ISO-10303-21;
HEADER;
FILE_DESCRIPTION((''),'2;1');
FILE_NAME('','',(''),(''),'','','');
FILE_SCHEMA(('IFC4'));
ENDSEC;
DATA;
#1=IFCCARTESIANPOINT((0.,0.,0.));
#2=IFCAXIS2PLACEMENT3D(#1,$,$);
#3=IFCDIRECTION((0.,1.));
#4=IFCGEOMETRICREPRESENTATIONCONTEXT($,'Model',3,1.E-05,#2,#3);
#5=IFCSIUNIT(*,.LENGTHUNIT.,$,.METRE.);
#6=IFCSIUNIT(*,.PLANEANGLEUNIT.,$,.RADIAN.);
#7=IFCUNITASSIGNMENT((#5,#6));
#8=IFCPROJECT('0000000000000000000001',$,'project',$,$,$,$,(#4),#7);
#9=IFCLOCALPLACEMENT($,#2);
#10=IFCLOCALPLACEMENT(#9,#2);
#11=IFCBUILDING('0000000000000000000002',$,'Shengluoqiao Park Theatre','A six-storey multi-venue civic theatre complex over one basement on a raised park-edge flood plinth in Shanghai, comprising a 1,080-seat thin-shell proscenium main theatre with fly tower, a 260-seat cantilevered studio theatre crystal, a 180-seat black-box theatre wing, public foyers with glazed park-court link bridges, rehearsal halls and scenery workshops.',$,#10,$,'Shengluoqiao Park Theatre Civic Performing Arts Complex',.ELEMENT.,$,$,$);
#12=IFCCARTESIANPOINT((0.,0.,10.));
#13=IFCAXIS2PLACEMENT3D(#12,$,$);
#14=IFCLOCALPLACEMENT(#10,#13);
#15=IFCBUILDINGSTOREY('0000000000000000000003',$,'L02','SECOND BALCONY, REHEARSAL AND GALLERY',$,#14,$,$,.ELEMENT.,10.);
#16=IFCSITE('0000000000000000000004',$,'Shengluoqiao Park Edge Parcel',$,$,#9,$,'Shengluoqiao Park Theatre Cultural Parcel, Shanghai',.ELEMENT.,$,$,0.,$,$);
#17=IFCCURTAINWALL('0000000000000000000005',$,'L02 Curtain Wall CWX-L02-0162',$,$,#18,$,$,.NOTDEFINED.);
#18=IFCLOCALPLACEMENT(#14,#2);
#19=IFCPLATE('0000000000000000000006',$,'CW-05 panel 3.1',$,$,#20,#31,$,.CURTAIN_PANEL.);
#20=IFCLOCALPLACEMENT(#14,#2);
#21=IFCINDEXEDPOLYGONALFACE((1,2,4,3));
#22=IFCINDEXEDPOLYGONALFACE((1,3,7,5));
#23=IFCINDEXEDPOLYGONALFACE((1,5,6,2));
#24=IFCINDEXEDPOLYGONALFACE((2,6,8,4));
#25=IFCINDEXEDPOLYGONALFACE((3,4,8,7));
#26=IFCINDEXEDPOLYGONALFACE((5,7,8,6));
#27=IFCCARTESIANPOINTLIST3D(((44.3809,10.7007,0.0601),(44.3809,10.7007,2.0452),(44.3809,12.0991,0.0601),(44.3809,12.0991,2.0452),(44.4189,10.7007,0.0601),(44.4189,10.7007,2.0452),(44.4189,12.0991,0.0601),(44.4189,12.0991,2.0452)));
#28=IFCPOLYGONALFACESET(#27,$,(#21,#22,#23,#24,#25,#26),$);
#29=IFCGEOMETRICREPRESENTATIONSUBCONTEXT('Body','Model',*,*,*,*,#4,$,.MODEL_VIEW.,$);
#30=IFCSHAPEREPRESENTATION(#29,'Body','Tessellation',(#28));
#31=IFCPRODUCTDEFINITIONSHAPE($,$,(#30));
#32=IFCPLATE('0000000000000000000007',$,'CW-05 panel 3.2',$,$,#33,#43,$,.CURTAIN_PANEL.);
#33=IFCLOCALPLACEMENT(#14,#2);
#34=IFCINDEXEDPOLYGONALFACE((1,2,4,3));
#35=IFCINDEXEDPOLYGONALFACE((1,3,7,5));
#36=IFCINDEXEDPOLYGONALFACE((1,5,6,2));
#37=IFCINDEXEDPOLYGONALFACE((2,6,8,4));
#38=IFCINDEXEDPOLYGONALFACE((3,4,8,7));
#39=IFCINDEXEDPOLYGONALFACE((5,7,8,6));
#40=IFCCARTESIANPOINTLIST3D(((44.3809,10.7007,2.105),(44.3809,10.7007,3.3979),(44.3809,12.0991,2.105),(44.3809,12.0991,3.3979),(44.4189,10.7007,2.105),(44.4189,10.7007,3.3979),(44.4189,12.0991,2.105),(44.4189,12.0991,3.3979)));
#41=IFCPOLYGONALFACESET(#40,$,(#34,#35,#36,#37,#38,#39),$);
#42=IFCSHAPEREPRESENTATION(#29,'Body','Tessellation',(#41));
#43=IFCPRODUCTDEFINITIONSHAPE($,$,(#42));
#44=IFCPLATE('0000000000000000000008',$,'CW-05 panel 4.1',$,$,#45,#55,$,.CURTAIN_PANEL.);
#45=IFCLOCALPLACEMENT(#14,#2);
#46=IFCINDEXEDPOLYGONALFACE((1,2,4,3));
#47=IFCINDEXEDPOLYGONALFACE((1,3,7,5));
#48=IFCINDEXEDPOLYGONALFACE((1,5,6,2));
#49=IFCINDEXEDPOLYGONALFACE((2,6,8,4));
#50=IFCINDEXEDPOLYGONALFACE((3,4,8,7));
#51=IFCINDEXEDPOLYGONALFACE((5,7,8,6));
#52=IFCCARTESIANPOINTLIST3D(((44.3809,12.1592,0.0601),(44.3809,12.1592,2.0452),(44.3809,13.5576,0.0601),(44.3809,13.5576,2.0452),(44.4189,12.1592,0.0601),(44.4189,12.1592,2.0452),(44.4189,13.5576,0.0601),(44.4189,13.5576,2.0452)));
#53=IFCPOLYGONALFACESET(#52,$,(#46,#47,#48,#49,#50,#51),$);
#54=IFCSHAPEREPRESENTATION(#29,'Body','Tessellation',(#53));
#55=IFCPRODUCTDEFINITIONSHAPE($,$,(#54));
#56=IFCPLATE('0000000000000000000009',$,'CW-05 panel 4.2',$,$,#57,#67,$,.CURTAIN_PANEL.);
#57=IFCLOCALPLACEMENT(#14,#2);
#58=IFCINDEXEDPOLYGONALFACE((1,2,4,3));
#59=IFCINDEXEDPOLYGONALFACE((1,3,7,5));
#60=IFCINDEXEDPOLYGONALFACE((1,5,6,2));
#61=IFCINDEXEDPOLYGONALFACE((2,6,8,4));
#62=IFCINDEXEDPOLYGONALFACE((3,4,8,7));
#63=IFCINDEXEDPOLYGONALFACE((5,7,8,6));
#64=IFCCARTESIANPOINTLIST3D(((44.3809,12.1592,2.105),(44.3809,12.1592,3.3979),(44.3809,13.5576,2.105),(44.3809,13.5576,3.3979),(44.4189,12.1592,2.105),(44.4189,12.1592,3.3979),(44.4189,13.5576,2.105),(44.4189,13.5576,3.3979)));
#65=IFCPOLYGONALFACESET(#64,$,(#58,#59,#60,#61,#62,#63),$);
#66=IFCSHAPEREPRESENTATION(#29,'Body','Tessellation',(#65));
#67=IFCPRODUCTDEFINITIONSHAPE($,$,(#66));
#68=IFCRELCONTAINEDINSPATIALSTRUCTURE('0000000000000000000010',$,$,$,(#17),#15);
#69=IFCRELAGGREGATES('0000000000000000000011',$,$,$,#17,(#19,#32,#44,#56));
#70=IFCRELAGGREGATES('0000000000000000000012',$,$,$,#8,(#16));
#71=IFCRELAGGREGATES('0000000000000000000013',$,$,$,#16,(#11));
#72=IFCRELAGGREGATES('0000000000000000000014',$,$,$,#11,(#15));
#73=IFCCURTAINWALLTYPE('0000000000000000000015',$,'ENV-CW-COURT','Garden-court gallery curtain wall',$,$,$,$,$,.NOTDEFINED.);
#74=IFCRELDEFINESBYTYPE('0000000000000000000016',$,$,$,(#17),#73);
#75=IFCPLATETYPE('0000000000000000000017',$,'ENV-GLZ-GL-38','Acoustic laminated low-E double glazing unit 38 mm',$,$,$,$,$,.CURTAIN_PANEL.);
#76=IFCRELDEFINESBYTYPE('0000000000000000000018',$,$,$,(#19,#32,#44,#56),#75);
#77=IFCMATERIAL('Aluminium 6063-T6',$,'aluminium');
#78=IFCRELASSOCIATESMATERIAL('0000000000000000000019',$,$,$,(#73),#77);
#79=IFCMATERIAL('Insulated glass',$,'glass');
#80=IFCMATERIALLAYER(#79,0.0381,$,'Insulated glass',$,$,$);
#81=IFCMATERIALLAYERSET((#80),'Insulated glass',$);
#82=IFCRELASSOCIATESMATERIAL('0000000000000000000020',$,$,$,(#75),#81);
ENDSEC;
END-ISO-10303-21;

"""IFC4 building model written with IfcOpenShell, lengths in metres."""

from ifc_helpers import new_model, si_unit, direction, frame, origin, origin_2d, place, context, subcontext, project, spatial, rectangle, extrude, material, layer, layer_set, type_object, element, aggregate, save


model = new_model("IFC4")

# Units and contexts
model_context = context("Model", 3, precision=1e-05, world=origin(), true_north=direction((0.0, 1.0)))
body_context = subcontext(model_context, "Body", "Model", "MODEL_VIEW")
ifc_project = project(units=[si_unit("LENGTHUNIT", "METRE"), si_unit("PLANEANGLEUNIT", "RADIAN")], contexts=[model_context])

# Site, building, storey
site_placement = place(None, origin())
site = spatial("IfcSite", under=ifc_project, at=site_placement, Name="Shengluoqiao Park Edge Parcel", LongName="Shengluoqiao Park Theatre Cultural Parcel, Shanghai", CompositionType="ELEMENT", RefElevation=0.0)
building_placement = place(site_placement, origin())
building = spatial("IfcBuilding", under=site, at=building_placement, Name="Shengluoqiao Park Theatre", Description="A six-storey multi-venue civic theatre complex over one basement on a raised park-edge flood plinth in Shanghai, comprising a 1,080-seat thin-shell proscenium main theatre with fly tower, a 260-seat cantilevered studio theatre crystal, a 180-seat black-box theatre wing, public foyers with glazed park-court link bridges, rehearsal halls and scenery workshops.", LongName="Shengluoqiao Park Theatre Civic Performing Arts Complex", CompositionType="ELEMENT")
storey_placement = place(building_placement, frame((0.0, 0.0, 10.0)))
storey = spatial("IfcBuildingStorey", under=building, at=storey_placement, Name="L02", Description="SECOND BALCONY, REHEARSAL AND GALLERY", CompositionType="ELEMENT", Elevation=10.0)

# Curtain wall, plates
ifc_material_1 = material(Name="Aluminium 6063-T6", Category="aluminium")
curtain_wall_type = type_object("IfcCurtainWallType", Name="ENV-CW-COURT", Description="Garden-court gallery curtain wall", PredefinedType="NOTDEFINED", material=ifc_material_1)
curtain_wall_placement = place(storey_placement, origin())
curtain_wall = element("IfcCurtainWall", 1, at=curtain_wall_placement, inside=storey, type_object=curtain_wall_type, Name="L02 Curtain Wall CWX-L02-0162", PredefinedType="NOTDEFINED")
ifc_material_2 = material(Name="Insulated glass", Category="glass")
ifc_layer = layer(ifc_material_2, 0.0381, Name="Insulated glass")
ifc_layer_set = layer_set([ifc_layer], Name="Insulated glass")
plate_type = type_object("IfcPlateType", Name="ENV-GLZ-GL-38", Description="Acoustic laminated low-E double glazing unit 38 mm", PredefinedType="CURTAIN_PANEL", material=ifc_layer_set)
plate_1_placement = place(storey_placement, frame((44.3999, 11.3999, 0.0601), z_axis=(0.0, 0.0, 1.0), x_axis=(0.0, 1.0, 0.0)))
plate_1 = element("IfcPlate", 2, at=plate_1_placement, type_object=plate_type, Name="CW-05 panel 3.1", PredefinedType="CURTAIN_PANEL", context=body_context, shape_type="SweptSolid", body=[
    extrude(rectangle(XDim=1.3984, YDim=0.0381, at=origin_2d()), origin(), (0.0, 0.0, 1.0), 1.9851),
])
plate_2_placement = place(storey_placement, frame((44.3999, 11.3999, 2.105), z_axis=(0.0, 0.0, 1.0), x_axis=(0.0, 1.0, 0.0)))
plate_2 = element("IfcPlate", 3, at=plate_2_placement, type_object=plate_type, Name="CW-05 panel 3.2", PredefinedType="CURTAIN_PANEL", context=body_context, shape_type="SweptSolid", body=[
    extrude(rectangle(XDim=1.3984, YDim=0.0381, at=origin_2d()), origin(), (0.0, 0.0, 1.0), 1.293),
])
plate_3_placement = place(storey_placement, frame((44.3999, 12.8584, 0.0601), z_axis=(0.0, 0.0, 1.0), x_axis=(0.0, 1.0, 0.0)))
plate_3 = element("IfcPlate", 4, at=plate_3_placement, type_object=plate_type, Name="CW-05 panel 4.1", PredefinedType="CURTAIN_PANEL", context=body_context, shape_type="SweptSolid", body=[
    extrude(rectangle(XDim=1.3984, YDim=0.0381, at=origin_2d()), origin(), (0.0, 0.0, 1.0), 1.9851),
])
plate_4_placement = place(storey_placement, frame((44.3999, 12.8584, 2.105), z_axis=(0.0, 0.0, 1.0), x_axis=(0.0, 1.0, 0.0)))
plate_4 = element("IfcPlate", 5, at=plate_4_placement, type_object=plate_type, Name="CW-05 panel 4.2", PredefinedType="CURTAIN_PANEL", context=body_context, shape_type="SweptSolid", body=[
    extrude(rectangle(XDim=1.3984, YDim=0.0381, at=origin_2d()), origin(), (0.0, 0.0, 1.0), 1.293),
])
aggregate(curtain_wall, [plate_1, plate_2, plate_3, plate_4])

save(model, "model.ifc")
